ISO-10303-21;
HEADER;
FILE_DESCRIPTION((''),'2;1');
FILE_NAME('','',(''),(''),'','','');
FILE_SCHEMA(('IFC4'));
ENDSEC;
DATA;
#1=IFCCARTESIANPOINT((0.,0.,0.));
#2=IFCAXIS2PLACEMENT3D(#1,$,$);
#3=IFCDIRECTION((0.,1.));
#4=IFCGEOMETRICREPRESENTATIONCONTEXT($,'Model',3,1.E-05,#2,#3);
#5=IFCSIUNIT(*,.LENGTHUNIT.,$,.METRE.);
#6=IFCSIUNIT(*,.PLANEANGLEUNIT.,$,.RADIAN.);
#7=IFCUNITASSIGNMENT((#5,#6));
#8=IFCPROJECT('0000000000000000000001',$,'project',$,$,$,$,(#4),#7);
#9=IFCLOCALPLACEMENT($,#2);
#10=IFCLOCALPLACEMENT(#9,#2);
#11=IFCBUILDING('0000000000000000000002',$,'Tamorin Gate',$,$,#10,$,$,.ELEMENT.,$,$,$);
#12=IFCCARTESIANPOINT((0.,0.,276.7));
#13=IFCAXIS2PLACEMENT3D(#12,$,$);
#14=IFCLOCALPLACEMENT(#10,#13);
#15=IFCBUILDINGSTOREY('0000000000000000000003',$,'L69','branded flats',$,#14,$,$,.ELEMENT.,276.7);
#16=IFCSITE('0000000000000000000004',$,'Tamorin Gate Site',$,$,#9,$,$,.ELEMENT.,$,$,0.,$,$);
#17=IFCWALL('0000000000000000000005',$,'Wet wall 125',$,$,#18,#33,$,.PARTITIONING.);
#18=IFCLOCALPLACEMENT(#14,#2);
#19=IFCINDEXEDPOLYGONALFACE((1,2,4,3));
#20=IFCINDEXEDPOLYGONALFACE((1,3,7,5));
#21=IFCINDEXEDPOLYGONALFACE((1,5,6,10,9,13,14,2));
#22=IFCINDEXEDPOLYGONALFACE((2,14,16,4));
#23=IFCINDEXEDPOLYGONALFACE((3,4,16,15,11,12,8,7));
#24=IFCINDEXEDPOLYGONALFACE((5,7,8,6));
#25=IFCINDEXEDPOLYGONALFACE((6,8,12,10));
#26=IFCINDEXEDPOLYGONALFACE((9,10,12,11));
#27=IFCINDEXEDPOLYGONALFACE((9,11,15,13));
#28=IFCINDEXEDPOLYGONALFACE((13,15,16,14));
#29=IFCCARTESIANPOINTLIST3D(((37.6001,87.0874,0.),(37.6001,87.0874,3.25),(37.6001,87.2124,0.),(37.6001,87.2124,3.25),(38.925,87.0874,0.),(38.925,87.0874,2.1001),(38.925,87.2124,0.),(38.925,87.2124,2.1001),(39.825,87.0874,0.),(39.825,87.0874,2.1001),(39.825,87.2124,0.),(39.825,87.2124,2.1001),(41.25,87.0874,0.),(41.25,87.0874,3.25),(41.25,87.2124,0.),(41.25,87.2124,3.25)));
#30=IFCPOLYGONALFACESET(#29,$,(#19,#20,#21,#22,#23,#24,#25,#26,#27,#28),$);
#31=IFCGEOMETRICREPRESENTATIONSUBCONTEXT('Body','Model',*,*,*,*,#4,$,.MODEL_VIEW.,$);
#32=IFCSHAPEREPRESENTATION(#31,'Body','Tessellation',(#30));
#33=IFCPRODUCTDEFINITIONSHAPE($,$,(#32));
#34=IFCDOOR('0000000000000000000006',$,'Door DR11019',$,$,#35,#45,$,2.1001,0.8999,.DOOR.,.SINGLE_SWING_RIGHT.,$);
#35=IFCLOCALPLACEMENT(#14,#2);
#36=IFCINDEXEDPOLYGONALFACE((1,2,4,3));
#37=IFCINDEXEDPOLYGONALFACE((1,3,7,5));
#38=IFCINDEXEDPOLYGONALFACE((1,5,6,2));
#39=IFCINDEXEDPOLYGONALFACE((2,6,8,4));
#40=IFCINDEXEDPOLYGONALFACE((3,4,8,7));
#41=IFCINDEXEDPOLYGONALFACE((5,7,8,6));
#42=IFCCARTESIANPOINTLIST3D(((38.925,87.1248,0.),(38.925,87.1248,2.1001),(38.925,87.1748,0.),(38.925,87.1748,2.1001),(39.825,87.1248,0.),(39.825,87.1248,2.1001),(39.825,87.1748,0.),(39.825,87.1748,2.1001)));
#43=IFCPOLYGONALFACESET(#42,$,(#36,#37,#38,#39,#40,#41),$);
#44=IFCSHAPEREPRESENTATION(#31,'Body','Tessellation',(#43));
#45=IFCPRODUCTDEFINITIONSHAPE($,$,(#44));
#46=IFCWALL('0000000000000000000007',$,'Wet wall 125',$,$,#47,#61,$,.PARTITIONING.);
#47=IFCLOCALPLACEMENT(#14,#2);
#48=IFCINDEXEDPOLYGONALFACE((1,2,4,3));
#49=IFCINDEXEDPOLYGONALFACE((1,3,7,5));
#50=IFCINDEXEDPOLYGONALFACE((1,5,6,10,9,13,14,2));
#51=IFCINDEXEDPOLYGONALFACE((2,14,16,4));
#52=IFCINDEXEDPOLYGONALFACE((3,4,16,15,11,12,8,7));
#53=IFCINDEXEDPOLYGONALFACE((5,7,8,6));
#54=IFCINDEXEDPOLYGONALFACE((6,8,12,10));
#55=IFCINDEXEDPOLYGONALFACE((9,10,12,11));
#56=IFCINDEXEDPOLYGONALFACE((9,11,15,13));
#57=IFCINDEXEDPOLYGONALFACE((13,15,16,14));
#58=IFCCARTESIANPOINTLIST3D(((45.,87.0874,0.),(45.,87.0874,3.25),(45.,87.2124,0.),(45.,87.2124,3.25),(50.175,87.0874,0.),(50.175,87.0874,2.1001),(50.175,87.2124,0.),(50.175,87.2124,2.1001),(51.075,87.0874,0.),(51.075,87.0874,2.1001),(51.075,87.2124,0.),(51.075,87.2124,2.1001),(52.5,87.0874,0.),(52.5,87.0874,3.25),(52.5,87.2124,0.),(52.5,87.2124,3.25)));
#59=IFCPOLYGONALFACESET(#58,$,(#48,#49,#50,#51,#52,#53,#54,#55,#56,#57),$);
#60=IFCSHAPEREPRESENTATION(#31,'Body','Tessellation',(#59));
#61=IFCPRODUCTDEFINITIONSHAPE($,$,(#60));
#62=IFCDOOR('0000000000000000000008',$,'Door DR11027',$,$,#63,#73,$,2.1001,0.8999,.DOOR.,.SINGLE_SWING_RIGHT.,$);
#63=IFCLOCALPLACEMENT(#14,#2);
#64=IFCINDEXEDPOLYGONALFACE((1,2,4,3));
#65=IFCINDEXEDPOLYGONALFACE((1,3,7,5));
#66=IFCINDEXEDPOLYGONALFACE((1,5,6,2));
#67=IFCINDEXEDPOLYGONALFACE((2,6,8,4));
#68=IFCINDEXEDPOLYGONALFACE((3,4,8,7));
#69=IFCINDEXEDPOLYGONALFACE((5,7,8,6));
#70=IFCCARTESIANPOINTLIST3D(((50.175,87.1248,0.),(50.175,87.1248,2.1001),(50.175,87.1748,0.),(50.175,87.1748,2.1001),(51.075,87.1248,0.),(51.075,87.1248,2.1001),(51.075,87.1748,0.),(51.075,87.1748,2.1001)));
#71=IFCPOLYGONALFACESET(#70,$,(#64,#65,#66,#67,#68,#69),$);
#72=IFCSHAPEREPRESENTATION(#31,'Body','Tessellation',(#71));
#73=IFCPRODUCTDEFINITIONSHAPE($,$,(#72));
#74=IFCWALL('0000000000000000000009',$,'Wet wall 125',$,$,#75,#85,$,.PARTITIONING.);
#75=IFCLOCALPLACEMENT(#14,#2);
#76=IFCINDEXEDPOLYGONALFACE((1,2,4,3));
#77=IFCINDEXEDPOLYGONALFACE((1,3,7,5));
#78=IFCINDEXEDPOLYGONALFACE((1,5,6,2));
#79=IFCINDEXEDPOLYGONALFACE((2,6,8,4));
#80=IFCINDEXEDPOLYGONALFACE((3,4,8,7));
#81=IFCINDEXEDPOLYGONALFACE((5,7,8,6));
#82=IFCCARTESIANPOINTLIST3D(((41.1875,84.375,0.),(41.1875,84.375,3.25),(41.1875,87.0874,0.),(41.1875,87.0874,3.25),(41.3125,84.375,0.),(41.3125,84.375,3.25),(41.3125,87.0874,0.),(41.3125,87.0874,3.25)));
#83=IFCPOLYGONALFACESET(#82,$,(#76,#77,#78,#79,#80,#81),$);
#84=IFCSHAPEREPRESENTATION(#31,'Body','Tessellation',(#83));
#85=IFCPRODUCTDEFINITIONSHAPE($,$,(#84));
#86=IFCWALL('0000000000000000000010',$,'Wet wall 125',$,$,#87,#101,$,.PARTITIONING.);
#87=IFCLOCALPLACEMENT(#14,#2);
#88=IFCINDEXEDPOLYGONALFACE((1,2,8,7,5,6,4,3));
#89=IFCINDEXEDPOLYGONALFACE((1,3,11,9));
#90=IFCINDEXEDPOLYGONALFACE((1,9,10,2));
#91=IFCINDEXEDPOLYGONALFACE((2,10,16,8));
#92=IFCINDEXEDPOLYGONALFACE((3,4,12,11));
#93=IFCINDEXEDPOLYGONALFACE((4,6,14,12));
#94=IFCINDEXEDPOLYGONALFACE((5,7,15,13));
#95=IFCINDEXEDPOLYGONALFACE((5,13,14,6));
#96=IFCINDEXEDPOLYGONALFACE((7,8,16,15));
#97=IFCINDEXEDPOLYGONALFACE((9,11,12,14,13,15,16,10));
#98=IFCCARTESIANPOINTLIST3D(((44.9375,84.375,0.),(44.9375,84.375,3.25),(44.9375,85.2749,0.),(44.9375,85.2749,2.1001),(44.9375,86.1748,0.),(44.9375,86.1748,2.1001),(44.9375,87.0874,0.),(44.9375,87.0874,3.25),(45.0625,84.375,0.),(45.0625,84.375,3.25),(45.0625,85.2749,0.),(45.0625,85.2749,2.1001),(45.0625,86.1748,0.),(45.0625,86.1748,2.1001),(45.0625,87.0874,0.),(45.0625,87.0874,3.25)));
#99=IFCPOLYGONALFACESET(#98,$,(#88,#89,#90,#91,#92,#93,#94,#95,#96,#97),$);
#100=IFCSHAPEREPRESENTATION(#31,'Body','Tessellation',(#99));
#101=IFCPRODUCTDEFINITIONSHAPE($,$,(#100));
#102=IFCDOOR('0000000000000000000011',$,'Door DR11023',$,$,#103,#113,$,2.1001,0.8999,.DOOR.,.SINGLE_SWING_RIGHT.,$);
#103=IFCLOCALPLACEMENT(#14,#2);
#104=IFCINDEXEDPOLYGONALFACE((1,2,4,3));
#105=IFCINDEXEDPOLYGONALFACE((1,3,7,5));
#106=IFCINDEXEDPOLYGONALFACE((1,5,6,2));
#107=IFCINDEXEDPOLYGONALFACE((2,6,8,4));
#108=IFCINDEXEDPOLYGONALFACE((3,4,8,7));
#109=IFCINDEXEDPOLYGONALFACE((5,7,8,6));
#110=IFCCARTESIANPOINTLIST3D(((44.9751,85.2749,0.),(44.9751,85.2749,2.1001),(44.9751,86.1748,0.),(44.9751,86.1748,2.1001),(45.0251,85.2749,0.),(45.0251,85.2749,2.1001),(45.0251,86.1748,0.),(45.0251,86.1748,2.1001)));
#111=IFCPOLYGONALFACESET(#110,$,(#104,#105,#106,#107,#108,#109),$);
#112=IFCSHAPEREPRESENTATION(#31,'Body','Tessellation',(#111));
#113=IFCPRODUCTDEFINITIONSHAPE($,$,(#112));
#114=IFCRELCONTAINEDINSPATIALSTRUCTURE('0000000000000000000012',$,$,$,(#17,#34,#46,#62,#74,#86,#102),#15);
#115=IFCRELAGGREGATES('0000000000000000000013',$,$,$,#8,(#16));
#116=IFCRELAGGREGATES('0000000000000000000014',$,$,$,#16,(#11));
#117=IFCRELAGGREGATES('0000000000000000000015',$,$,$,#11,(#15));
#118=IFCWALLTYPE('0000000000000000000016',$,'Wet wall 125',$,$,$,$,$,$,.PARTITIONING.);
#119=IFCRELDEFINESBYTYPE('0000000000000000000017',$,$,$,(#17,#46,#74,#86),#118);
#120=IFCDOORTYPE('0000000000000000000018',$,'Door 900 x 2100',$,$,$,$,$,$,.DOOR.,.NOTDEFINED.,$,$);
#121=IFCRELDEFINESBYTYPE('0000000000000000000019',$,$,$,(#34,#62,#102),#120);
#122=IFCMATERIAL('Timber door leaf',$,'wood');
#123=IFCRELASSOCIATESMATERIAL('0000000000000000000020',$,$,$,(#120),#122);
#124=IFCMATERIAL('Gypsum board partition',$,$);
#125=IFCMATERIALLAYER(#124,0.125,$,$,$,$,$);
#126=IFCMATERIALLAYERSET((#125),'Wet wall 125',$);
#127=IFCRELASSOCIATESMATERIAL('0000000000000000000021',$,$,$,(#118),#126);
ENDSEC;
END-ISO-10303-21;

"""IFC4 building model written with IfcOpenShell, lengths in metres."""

from ifc_helpers import new_model, si_unit, direction, frame, frame_2d, origin, place, context, subcontext, project, spatial, rectangle, extrude, material, layer, layer_set, type_object, element, fill, save


model = new_model("IFC4")

# Units and contexts
model_context = context("Model", 3, precision=1e-05, world=origin(), true_north=direction((0.0, 1.0)))
body_context = subcontext(model_context, "Body", "Model", "MODEL_VIEW")
ifc_project = project(units=[si_unit("LENGTHUNIT", "METRE"), si_unit("PLANEANGLEUNIT", "RADIAN")], contexts=[model_context])

# Site, building, storey
site_placement = place(None, origin())
site = spatial("IfcSite", under=ifc_project, at=site_placement, Name="Tamorin Gate Site", CompositionType="ELEMENT", RefElevation=0.0)
building_placement = place(site_placement, origin())
building = spatial("IfcBuilding", under=site, at=building_placement, Name="Tamorin Gate", CompositionType="ELEMENT")
storey_placement = place(building_placement, frame((0.0, 0.0, 276.7)))
storey = spatial("IfcBuildingStorey", under=building, at=storey_placement, Name="L69", Description="branded flats", CompositionType="ELEMENT", Elevation=276.7)

# Shared definitions
ifc_material_1 = material(Name="Gypsum board partition")

# Shared definitions
ifc_material_2 = material(Name="Timber door leaf", Category="wood")
door_type = type_object("IfcDoorType", Name="Door 900 x 2100", OperationType="NOTDEFINED", PredefinedType="DOOR", material=ifc_material_2)

# Walls, openings, doors
ifc_layer_1 = layer(ifc_material_1, 0.125)
ifc_layer_set_1 = layer_set([ifc_layer_1], Name="Wet wall 125")
wall_type_1 = type_object("IfcWallType", Name="Wet wall 125", PredefinedType="PARTITIONING", material=ifc_layer_set_1)
wall_1_placement = place(storey_placement, frame((37.6001, 87.1499, 0.0), z_axis=(0.0, 0.0, 1.0), x_axis=(1.0, 0.0, 0.0)))
wall_1 = element("IfcWall", 1, at=wall_1_placement, inside=storey, type_object=wall_type_1, Name="Wet wall 125", PredefinedType="PARTITIONING", context=body_context, shape_type="SweptSolid", body=[
    extrude(rectangle(XDim=3.6499, YDim=0.125, at=frame_2d((1.825, 0.0))), origin(), (0.0, 0.0, 1.0), 3.25),
])
opening_1_placement = place(wall_1_placement, frame((1.325, 0.0, 0.0)))
opening_1 = element("IfcOpeningElement", 2, at=opening_1_placement, cuts=wall_1, PredefinedType="OPENING", context=body_context, shape_type="SweptSolid", body=[
    extrude(rectangle(XDim=0.8999, YDim=2.1001, at=frame_2d((0.45, 1.05))), frame((0.0, 0.0725, 0.0), z_axis=(0.0, -1.0, 0.0), x_axis=(1.0, 0.0, 0.0)), (0.0, 0.0, 1.0), 0.145),
])
door_1_placement = place(opening_1_placement, origin())
door_1 = element("IfcDoor", 3, at=door_1_placement, inside=storey, type_object=door_type, Name="Door DR11019", OperationType="SINGLE_SWING_RIGHT", OverallHeight=2.1001, OverallWidth=0.8999, PredefinedType="DOOR", context=body_context, shape_type="SweptSolid", body=[
    extrude(rectangle(XDim=0.8999, YDim=2.1001, at=frame_2d((0.45, 1.05))), frame((0.0, 0.0249, 0.0), z_axis=(0.0, -1.0, 0.0), x_axis=(1.0, 0.0, 0.0)), (0.0, 0.0, 1.0), 0.05),
])
fill(opening_1, door_1)
wall_2_placement = place(storey_placement, frame((45.0, 87.1499, 0.0), z_axis=(0.0, 0.0, 1.0), x_axis=(1.0, 0.0, 0.0)))
wall_2 = element("IfcWall", 4, at=wall_2_placement, inside=storey, type_object=wall_type_1, Name="Wet wall 125", PredefinedType="PARTITIONING", context=body_context, shape_type="SweptSolid", body=[
    extrude(rectangle(XDim=7.5, YDim=0.125, at=frame_2d((3.75, 0.0))), origin(), (0.0, 0.0, 1.0), 3.25),
])
opening_2_placement = place(wall_2_placement, frame((5.175, 0.0, 0.0)))
opening_2 = element("IfcOpeningElement", 5, at=opening_2_placement, cuts=wall_2, PredefinedType="OPENING", context=body_context, shape_type="SweptSolid", body=[
    extrude(rectangle(XDim=0.8999, YDim=2.1001, at=frame_2d((0.45, 1.05))), frame((0.0, 0.0725, 0.0), z_axis=(0.0, -1.0, 0.0), x_axis=(1.0, 0.0, 0.0)), (0.0, 0.0, 1.0), 0.145),
])
door_2_placement = place(opening_2_placement, origin())
door_2 = element("IfcDoor", 6, at=door_2_placement, inside=storey, type_object=door_type, Name="Door DR11027", OperationType="SINGLE_SWING_RIGHT", OverallHeight=2.1001, OverallWidth=0.8999, PredefinedType="DOOR", context=body_context, shape_type="SweptSolid", body=[
    extrude(rectangle(XDim=0.8999, YDim=2.1001, at=frame_2d((0.45, 1.05))), frame((0.0, 0.0249, 0.0), z_axis=(0.0, -1.0, 0.0), x_axis=(1.0, 0.0, 0.0)), (0.0, 0.0, 1.0), 0.05),
])
fill(opening_2, door_2)

# Wall
wall_3_placement = place(storey_placement, frame((41.25, 84.375, 0.0), z_axis=(0.0, 0.0, 1.0), x_axis=(0.0, 1.0, 0.0)))
element("IfcWall", 7, at=wall_3_placement, inside=storey, type_object=wall_type_1, Name="Wet wall 125", PredefinedType="PARTITIONING", context=body_context, shape_type="SweptSolid", body=[
    extrude(rectangle(XDim=2.7124, YDim=0.125, at=frame_2d((1.3562, 0.0))), origin(), (0.0, 0.0, 1.0), 3.25),
])

# Wall, opening, door
wall_4_placement = place(storey_placement, frame((45.0, 84.375, 0.0), z_axis=(0.0, 0.0, 1.0), x_axis=(0.0, 1.0, 0.0)))
wall_4 = element("IfcWall", 8, at=wall_4_placement, inside=storey, type_object=wall_type_1, Name="Wet wall 125", PredefinedType="PARTITIONING", context=body_context, shape_type="SweptSolid", body=[
    extrude(rectangle(XDim=2.7124, YDim=0.125, at=frame_2d((1.3562, 0.0))), origin(), (0.0, 0.0, 1.0), 3.25),
])
opening_3_placement = place(wall_4_placement, frame((0.8999, 0.0, 0.0)))
opening_3 = element("IfcOpeningElement", 9, at=opening_3_placement, cuts=wall_4, PredefinedType="OPENING", context=body_context, shape_type="SweptSolid", body=[
    extrude(rectangle(XDim=0.8999, YDim=2.1001, at=frame_2d((0.45, 1.05))), frame((0.0, 0.0725, 0.0), z_axis=(0.0, -1.0, 0.0), x_axis=(1.0, 0.0, 0.0)), (0.0, 0.0, 1.0), 0.145),
])
door_3_placement = place(opening_3_placement, origin())
door_3 = element("IfcDoor", 10, at=door_3_placement, inside=storey, type_object=door_type, Name="Door DR11023", OperationType="SINGLE_SWING_RIGHT", OverallHeight=2.1001, OverallWidth=0.8999, PredefinedType="DOOR", context=body_context, shape_type="SweptSolid", body=[
    extrude(rectangle(XDim=0.8999, YDim=2.1001, at=frame_2d((0.45, 1.05))), frame((0.0, 0.0249, 0.0), z_axis=(0.0, -1.0, 0.0), x_axis=(1.0, 0.0, 0.0)), (0.0, 0.0, 1.0), 0.05),
])
fill(opening_3, door_3)

save(model, "model.ifc")
